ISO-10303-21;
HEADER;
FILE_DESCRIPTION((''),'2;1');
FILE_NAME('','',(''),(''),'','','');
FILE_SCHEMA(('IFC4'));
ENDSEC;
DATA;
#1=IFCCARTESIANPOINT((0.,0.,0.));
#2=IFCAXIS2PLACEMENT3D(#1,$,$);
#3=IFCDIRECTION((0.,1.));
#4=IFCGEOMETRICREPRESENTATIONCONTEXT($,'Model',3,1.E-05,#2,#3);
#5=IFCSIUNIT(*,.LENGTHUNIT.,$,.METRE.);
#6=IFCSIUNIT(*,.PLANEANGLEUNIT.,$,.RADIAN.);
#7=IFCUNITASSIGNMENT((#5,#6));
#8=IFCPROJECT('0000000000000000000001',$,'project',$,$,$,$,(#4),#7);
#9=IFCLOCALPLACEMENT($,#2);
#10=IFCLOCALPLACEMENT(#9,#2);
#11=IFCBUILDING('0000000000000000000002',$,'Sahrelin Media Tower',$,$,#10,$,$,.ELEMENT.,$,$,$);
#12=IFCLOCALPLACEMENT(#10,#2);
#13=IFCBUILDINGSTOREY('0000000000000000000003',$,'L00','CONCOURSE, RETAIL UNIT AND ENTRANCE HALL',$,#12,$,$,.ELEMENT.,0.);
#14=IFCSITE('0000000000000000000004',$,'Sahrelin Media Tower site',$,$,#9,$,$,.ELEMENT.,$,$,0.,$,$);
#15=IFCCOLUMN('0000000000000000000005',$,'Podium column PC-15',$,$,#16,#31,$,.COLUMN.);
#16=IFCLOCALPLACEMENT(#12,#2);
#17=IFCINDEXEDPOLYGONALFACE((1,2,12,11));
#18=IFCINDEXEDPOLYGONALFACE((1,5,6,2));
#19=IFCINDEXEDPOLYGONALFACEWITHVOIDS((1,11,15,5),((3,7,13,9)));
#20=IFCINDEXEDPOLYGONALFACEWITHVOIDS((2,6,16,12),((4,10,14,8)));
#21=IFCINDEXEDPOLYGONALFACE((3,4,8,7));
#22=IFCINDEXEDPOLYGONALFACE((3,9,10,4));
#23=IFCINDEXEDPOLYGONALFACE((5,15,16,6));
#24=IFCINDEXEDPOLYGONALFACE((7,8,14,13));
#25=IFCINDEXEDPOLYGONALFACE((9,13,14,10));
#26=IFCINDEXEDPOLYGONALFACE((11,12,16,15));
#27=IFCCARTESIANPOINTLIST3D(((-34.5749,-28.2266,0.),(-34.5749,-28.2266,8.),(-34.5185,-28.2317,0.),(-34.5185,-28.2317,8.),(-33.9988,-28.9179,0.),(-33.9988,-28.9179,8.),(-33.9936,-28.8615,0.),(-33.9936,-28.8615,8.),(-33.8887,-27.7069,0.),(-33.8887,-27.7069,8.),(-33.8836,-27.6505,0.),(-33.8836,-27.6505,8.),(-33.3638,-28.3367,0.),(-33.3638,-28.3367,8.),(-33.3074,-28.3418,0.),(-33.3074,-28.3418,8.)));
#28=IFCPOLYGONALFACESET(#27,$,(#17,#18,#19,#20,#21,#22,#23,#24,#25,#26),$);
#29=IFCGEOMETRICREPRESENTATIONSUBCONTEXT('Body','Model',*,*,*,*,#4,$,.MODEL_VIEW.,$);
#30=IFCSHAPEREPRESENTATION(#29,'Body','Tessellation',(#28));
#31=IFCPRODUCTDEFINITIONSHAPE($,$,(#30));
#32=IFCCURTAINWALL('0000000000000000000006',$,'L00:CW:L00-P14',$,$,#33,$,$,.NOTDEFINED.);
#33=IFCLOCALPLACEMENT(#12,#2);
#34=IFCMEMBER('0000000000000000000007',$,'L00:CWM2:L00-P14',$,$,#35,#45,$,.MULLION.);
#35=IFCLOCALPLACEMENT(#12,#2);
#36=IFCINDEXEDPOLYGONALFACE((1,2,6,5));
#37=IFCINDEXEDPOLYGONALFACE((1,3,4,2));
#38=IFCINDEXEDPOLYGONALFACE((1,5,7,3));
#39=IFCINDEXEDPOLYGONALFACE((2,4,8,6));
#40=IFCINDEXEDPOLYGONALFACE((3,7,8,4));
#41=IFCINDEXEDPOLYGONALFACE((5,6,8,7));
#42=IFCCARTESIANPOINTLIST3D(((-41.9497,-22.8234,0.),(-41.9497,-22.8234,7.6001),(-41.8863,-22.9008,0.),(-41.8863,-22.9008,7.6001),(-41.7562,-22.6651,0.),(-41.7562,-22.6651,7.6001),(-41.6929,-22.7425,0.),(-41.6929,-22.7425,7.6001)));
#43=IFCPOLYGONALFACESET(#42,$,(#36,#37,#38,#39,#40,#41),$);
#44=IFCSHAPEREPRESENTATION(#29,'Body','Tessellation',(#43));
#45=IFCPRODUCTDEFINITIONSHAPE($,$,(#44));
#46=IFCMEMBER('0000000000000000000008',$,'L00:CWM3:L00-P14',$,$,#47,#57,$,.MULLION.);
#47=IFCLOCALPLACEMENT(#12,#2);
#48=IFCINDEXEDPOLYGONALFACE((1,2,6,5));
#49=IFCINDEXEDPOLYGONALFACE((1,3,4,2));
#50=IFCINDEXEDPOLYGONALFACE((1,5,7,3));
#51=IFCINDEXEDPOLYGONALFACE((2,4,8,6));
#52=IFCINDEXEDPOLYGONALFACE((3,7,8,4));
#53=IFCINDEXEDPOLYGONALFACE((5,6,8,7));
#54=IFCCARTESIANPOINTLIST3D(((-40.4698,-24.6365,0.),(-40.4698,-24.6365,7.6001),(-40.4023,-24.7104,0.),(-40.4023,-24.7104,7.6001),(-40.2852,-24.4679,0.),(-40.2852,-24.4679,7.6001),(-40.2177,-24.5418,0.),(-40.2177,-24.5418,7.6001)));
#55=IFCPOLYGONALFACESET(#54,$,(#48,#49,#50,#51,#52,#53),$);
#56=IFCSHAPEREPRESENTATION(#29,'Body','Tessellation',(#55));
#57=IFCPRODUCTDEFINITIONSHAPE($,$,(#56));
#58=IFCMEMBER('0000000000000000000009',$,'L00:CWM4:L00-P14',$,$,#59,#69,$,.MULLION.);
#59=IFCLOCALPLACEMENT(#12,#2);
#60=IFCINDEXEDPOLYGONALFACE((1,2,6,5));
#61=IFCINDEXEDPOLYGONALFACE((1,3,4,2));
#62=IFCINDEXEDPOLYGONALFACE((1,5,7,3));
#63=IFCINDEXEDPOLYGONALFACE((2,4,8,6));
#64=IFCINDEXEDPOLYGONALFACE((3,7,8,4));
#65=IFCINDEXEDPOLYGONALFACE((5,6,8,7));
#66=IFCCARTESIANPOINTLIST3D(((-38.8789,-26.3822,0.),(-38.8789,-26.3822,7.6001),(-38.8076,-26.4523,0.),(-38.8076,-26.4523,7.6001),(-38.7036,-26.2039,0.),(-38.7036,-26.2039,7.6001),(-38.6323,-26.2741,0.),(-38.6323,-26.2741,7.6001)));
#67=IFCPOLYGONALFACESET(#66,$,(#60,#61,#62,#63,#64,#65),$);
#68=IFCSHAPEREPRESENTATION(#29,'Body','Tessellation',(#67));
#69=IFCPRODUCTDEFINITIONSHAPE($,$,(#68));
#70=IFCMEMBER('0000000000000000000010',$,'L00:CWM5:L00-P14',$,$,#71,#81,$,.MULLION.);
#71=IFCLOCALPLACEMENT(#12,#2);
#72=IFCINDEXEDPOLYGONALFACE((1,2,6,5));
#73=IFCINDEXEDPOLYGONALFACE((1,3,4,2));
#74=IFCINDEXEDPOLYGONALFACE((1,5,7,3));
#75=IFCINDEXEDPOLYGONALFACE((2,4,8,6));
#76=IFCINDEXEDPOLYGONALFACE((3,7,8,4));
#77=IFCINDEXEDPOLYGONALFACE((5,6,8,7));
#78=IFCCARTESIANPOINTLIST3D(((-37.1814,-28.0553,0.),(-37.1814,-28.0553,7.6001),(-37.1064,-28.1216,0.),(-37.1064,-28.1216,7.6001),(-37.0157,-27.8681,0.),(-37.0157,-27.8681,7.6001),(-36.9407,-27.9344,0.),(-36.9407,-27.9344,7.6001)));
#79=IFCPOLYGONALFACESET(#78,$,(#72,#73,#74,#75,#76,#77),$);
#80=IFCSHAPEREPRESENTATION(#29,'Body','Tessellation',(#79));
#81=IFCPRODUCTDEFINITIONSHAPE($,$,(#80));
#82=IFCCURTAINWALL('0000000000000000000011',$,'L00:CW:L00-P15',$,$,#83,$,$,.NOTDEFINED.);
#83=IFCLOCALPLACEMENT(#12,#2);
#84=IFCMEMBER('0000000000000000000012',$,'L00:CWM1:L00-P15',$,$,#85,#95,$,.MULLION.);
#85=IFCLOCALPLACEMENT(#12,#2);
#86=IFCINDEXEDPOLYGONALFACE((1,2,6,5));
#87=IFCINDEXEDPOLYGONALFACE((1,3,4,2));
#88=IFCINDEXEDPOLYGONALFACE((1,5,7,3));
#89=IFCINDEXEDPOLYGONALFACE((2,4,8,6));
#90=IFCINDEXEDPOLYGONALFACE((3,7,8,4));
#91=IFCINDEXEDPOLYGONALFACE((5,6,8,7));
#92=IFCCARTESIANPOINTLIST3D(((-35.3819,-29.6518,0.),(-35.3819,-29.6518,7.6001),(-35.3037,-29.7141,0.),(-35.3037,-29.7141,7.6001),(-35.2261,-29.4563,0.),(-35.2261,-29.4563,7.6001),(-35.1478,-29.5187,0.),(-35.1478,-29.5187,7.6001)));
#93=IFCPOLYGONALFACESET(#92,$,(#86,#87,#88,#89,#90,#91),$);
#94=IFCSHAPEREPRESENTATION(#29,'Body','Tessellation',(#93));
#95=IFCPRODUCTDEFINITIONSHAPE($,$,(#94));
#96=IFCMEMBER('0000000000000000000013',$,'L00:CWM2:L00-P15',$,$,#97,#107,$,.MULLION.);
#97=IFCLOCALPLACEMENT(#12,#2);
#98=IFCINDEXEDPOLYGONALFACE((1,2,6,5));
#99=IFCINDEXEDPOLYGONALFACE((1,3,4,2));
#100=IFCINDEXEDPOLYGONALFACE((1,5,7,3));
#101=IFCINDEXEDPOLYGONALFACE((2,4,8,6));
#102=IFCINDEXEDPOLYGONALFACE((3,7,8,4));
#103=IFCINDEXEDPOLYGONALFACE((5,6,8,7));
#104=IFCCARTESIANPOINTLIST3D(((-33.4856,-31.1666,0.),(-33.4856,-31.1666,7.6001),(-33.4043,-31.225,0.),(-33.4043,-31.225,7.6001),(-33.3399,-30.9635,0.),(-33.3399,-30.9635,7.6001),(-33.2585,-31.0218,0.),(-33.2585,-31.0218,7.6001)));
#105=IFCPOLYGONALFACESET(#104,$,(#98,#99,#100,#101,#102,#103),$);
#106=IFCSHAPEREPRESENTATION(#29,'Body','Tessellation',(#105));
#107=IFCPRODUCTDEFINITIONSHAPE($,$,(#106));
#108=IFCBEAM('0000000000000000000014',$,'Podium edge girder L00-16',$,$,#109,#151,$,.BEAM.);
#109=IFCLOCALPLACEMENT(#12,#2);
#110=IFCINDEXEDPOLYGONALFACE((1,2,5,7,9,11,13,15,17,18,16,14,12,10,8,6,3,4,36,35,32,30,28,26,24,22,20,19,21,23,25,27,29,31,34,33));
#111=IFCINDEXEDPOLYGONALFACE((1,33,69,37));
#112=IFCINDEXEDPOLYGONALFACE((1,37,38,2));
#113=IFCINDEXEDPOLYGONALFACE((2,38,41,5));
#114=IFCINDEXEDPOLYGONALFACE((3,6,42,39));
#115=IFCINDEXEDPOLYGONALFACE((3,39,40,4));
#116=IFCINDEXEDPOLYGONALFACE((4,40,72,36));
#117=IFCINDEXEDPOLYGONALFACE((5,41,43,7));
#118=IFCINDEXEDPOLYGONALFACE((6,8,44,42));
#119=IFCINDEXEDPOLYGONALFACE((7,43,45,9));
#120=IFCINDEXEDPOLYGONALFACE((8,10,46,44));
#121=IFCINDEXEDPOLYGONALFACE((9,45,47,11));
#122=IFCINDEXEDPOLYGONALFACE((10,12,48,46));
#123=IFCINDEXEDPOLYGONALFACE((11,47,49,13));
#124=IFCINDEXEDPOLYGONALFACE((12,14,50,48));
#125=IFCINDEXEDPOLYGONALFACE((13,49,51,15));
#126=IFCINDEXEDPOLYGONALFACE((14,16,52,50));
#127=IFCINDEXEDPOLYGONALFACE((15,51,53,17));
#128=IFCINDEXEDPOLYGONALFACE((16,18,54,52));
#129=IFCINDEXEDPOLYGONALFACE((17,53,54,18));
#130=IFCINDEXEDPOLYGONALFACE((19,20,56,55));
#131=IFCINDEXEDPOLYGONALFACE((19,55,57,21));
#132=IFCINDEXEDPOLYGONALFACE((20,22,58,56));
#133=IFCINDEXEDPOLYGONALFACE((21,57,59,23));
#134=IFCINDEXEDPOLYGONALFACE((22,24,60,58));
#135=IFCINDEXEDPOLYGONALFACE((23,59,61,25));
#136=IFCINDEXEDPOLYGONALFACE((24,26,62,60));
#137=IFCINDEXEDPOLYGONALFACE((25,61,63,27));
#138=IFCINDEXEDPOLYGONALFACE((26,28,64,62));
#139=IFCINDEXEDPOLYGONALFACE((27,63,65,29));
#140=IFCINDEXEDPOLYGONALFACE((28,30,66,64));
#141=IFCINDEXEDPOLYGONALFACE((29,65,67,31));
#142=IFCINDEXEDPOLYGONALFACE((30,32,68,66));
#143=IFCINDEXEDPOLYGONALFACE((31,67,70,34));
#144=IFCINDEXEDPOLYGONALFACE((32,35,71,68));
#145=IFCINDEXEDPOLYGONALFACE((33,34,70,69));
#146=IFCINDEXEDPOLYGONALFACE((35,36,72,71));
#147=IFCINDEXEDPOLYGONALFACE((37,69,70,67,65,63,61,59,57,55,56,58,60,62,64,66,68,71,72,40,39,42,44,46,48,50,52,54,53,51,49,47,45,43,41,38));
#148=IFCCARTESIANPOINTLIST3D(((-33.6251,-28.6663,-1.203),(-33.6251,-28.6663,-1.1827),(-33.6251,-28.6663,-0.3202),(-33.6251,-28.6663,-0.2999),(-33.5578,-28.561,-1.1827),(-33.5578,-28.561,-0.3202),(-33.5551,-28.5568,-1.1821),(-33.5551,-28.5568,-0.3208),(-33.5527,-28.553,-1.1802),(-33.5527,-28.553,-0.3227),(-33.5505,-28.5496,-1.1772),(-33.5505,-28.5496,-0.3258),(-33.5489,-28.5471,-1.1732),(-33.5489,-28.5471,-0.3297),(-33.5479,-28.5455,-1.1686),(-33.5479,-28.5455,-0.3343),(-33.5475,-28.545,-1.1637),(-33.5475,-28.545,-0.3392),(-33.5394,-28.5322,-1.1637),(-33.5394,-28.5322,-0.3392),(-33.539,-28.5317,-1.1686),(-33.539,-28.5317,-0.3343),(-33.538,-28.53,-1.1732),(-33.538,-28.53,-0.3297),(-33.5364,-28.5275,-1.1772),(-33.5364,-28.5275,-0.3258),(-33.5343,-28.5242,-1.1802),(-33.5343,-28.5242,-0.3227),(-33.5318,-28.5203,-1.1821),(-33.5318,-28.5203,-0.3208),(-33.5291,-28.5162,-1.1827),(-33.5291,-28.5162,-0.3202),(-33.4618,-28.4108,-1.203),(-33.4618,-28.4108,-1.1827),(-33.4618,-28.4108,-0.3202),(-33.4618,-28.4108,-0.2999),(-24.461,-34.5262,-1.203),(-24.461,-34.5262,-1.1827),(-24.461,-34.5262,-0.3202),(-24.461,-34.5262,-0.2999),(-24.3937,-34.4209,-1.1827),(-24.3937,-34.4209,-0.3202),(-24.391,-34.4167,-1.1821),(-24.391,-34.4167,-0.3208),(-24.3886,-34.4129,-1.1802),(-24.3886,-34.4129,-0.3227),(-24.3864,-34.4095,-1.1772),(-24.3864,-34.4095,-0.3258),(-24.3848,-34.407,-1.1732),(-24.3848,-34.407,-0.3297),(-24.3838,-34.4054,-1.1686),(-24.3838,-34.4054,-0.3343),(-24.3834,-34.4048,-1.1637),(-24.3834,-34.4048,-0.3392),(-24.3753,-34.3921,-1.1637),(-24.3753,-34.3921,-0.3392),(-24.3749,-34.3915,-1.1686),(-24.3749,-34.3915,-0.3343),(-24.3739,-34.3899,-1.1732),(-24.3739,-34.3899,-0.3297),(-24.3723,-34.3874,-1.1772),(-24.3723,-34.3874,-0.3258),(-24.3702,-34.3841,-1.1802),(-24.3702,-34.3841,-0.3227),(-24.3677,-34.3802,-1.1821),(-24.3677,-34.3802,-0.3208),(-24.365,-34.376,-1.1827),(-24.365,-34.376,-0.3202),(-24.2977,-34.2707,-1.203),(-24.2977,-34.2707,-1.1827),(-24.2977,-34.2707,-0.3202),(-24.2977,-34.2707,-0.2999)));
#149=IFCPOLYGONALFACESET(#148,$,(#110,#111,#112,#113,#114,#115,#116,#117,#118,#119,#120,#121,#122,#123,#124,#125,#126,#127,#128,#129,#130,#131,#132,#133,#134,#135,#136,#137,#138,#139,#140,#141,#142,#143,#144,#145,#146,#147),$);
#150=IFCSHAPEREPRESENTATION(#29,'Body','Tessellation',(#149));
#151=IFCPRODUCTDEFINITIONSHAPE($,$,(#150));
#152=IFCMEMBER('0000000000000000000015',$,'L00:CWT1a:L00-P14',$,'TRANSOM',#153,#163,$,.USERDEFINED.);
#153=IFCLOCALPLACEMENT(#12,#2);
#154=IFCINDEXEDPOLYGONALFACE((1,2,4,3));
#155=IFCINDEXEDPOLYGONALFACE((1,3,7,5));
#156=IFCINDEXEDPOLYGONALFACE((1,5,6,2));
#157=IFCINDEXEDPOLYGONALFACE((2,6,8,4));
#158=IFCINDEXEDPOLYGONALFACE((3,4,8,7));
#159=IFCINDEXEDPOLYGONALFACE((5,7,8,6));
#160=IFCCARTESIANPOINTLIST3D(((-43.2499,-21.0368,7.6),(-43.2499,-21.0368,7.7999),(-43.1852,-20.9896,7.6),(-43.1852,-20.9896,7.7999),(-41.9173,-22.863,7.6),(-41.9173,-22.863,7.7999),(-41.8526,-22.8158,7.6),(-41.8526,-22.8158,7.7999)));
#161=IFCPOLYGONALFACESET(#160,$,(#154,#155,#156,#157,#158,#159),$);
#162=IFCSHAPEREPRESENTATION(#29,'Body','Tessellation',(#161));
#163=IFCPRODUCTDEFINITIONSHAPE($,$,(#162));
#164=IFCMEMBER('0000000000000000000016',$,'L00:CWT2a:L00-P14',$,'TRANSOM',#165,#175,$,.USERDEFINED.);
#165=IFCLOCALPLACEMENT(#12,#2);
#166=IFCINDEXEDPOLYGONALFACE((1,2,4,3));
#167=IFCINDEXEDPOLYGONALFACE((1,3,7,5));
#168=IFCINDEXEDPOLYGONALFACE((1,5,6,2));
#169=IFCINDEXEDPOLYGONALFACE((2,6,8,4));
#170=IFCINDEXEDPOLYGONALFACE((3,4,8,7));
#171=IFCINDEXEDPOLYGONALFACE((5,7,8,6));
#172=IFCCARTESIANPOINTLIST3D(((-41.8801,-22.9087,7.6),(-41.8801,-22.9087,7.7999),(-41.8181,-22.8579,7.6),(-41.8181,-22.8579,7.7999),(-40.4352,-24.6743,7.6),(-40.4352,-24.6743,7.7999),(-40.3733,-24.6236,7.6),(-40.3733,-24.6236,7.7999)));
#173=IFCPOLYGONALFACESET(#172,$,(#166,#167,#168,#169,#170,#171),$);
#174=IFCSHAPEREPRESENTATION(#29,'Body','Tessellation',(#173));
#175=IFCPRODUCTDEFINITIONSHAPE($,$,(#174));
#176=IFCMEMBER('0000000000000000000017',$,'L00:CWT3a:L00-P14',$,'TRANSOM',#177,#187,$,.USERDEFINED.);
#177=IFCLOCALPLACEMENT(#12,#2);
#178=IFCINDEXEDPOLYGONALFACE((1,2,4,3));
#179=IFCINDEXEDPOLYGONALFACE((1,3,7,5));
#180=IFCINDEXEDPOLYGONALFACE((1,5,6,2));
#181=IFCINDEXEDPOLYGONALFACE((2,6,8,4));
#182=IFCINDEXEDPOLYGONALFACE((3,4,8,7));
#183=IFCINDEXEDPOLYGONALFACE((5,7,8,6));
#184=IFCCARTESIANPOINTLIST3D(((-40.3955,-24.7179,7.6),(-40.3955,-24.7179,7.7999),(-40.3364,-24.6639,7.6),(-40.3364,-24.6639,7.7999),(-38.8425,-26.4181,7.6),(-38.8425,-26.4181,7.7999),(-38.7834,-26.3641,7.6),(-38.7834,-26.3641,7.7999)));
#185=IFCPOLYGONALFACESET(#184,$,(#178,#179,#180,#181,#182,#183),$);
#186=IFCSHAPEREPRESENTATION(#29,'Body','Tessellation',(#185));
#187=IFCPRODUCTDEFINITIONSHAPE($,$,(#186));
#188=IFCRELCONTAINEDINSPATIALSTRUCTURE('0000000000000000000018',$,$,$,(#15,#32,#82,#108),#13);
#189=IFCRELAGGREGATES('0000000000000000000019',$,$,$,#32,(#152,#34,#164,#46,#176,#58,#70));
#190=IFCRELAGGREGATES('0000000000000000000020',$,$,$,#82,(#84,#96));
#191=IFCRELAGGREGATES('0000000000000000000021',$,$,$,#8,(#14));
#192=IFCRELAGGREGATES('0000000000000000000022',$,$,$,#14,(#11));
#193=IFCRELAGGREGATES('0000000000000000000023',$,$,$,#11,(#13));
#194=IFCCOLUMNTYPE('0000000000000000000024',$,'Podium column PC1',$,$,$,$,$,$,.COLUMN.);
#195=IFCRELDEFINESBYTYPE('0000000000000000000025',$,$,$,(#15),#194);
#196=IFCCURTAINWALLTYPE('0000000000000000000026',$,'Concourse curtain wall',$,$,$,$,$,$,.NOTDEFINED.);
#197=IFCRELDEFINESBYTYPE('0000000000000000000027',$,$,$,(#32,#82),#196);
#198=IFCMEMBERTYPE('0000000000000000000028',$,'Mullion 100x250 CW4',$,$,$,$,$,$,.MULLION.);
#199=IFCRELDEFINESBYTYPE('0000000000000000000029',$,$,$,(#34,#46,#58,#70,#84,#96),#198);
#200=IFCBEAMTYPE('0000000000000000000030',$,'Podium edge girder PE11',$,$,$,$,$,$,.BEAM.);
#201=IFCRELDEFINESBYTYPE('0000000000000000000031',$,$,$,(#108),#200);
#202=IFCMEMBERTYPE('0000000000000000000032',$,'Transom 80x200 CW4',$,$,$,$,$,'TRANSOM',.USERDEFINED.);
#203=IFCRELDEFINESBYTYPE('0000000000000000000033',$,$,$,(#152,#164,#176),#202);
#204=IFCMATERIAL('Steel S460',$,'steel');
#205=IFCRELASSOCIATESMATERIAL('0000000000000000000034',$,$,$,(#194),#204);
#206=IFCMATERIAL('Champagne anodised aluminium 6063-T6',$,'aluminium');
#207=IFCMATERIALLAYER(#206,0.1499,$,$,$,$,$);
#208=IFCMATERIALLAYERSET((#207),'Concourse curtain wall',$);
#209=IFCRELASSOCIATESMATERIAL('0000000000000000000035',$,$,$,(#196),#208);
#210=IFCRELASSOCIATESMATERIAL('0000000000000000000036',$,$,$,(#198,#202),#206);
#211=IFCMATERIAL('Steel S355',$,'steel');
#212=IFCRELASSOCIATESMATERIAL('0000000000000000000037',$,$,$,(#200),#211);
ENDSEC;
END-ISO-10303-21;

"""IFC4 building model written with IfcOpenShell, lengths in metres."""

from ifc_helpers import new_model, si_unit, direction, frame, origin, origin_2d, place, context, subcontext, project, spatial, rectangle, hollow_rectangle, i_section, extrude, material, layer, layer_set, material_profile, profile_set, type_object, element, aggregate, save


model = new_model("IFC4")

# Units and contexts
model_context = context("Model", 3, precision=1e-05, world=origin(), true_north=direction((0.0, 1.0)))
body_context = subcontext(model_context, "Body", "Model", "MODEL_VIEW")
ifc_project = project(units=[si_unit("LENGTHUNIT", "METRE"), si_unit("PLANEANGLEUNIT", "RADIAN")], contexts=[model_context])

# Site, building, storey
site_placement = place(None, origin())
site = spatial("IfcSite", under=ifc_project, at=site_placement, Name="Sahrelin Media Tower site", CompositionType="ELEMENT", RefElevation=0.0)
building_placement = place(site_placement, origin())
building = spatial("IfcBuilding", under=site, at=building_placement, Name="Sahrelin Media Tower", CompositionType="ELEMENT")
storey_placement = place(building_placement, origin())
storey = spatial("IfcBuildingStorey", under=building, at=storey_placement, Name="L00", Description="CONCOURSE, RETAIL UNIT AND ENTRANCE HALL", CompositionType="ELEMENT", Elevation=0.0)

# Column
ifc_material_1 = material(Name="Steel S460", Category="steel")
ifc_material_profile_1 = material_profile(ifc_material_1, hollow_rectangle(XDim=0.8999, YDim=0.8999, WallThickness=0.04, at=origin_2d()), Name="Podium column PC1")
ifc_profile_set_1 = profile_set([ifc_material_profile_1], Name="Steel S460")
column_type = type_object("IfcColumnType", Name="Podium column PC1", PredefinedType="COLUMN", material=ifc_profile_set_1)
column_placement = place(storey_placement, frame((-33.9412, -28.2842, 0.0), z_axis=(0.0, 0.0, 1.0), x_axis=(-0.768221, -0.640185, 0.0)))
element("IfcColumn", 1, at=column_placement, inside=storey, type_object=column_type, Name="Podium column PC-15", PredefinedType="COLUMN", context=body_context, shape_type="SweptSolid", body=[
    extrude(hollow_rectangle(XDim=0.8999, YDim=0.8999, WallThickness=0.04, at=origin_2d()), origin(), (0.0, 0.0, 1.0), 8.0),
])

# Curtain walls, members
ifc_material_2 = material(Name="Champagne anodised aluminium 6063-T6", Category="aluminium")
ifc_layer_1 = layer(ifc_material_2, 0.1499)
ifc_layer_set_1 = layer_set([ifc_layer_1], Name="Concourse curtain wall")
curtain_wall_type = type_object("IfcCurtainWallType", Name="Concourse curtain wall", PredefinedType="NOTDEFINED", material=ifc_layer_set_1)
curtain_wall_1_placement = place(storey_placement, frame((-43.3013, -21.0, 0.0), z_axis=(0.0, 0.0, 1.0), x_axis=(1.0, 0.0, 0.0)))
curtain_wall_1 = element("IfcCurtainWall", 2, at=curtain_wall_1_placement, inside=storey, type_object=curtain_wall_type, Name="L00:CW:L00-P14", PredefinedType="NOTDEFINED")
ifc_material_profile_2 = material_profile(ifc_material_2, rectangle(XDim=0.1001, YDim=0.25, at=origin_2d()), Name="Mullion 100x250")
ifc_profile_set_2 = profile_set([ifc_material_profile_2], Name="Champagne anodised aluminium 6063-T6")
member_type_1 = type_object("IfcMemberType", Name="Mullion 100x250 CW4", PredefinedType="MULLION", material=ifc_profile_set_2)
member_1_placement = place(storey_placement, frame((-41.8213, -22.783, 0.0), z_axis=(0.0, 0.0, 1.0), x_axis=(0.633235, -0.77396, 0.0)))
member_1 = element("IfcMember", 3, at=member_1_placement, type_object=member_type_1, Name="L00:CWM2:L00-P14", PredefinedType="MULLION", context=body_context, shape_type="SweptSolid", body=[
    extrude(rectangle(XDim=0.1001, YDim=0.25, at=origin_2d()), origin(), (0.0, 0.0, 1.0), 7.6001),
])
member_2_placement = place(storey_placement, frame((-40.3438, -24.5891, 0.0), z_axis=(0.0, 0.0, 1.0), x_axis=(0.67443, -0.738339, 0.0)))
member_2 = element("IfcMember", 4, at=member_2_placement, type_object=member_type_1, Name="L00:CWM3:L00-P14", PredefinedType="MULLION", context=body_context, shape_type="SweptSolid", body=[
    extrude(rectangle(XDim=0.1001, YDim=0.25, at=origin_2d()), origin(), (0.0, 0.0, 1.0), 7.6001),
])
member_3_placement = place(storey_placement, frame((-38.7556, -26.3281, 0.0), z_axis=(0.0, 0.0, 1.0), x_axis=(0.712974, -0.701191, 0.0)))
member_3 = element("IfcMember", 5, at=member_3_placement, type_object=member_type_1, Name="L00:CWM4:L00-P14", PredefinedType="MULLION", context=body_context, shape_type="SweptSolid", body=[
    extrude(rectangle(XDim=0.1001, YDim=0.25, at=origin_2d()), origin(), (0.0, 0.0, 1.0), 7.6001),
])
member_4_placement = place(storey_placement, frame((-37.061, -27.9949, 0.0), z_axis=(0.0, 0.0, 1.0), x_axis=(0.748788, -0.66281, 0.0)))
member_4 = element("IfcMember", 6, at=member_4_placement, type_object=member_type_1, Name="L00:CWM5:L00-P14", PredefinedType="MULLION", context=body_context, shape_type="SweptSolid", body=[
    extrude(rectangle(XDim=0.1001, YDim=0.25, at=origin_2d()), origin(), (0.0, 0.0, 1.0), 7.6001),
])
curtain_wall_2_placement = place(storey_placement, frame((-35.3552, -29.6985, 0.0), z_axis=(0.0, 0.0, 1.0), x_axis=(1.0, 0.0, 0.0)))
curtain_wall_2 = element("IfcCurtainWall", 7, at=curtain_wall_2_placement, inside=storey, type_object=curtain_wall_type, Name="L00:CW:L00-P15", PredefinedType="NOTDEFINED")
member_5_placement = place(storey_placement, frame((-35.2649, -29.5852, 0.0), z_axis=(0.0, 0.0, 1.0), x_axis=(0.78196, -0.623328, 0.0)))
member_5 = element("IfcMember", 8, at=member_5_placement, type_object=member_type_1, Name="L00:CWM1:L00-P15", PredefinedType="MULLION", context=body_context, shape_type="SweptSolid", body=[
    extrude(rectangle(XDim=0.1001, YDim=0.25, at=origin_2d()), origin(), (0.0, 0.0, 1.0), 7.6001),
])
member_6_placement = place(storey_placement, frame((-33.3721, -31.0942, 0.0), z_axis=(0.0, 0.0, 1.0), x_axis=(0.812532, -0.582916, 0.0)))
member_6 = element("IfcMember", 9, at=member_6_placement, type_object=member_type_1, Name="L00:CWM2:L00-P15", PredefinedType="MULLION", context=body_context, shape_type="SweptSolid", body=[
    extrude(rectangle(XDim=0.1001, YDim=0.25, at=origin_2d()), origin(), (0.0, 0.0, 1.0), 7.6001),
])

# Beam
ifc_material_3 = material(Name="Steel S355", Category="steel")
ifc_material_profile_3 = material_profile(ifc_material_3, i_section(OverallWidth=0.3032, OverallDepth=0.9031, WebThickness=0.0151, FlangeThickness=0.0203, FilletRadius=0.019, at=origin_2d()), Name="UB 914x305x201")
ifc_profile_set_3 = profile_set([ifc_material_profile_3], Name="Steel S355")
beam_type = type_object("IfcBeamType", Name="Podium edge girder PE11", PredefinedType="BEAM", material=ifc_profile_set_3)
beam_placement = place(storey_placement, frame((-33.5435, -28.5386, -0.7515), z_axis=(0.842486, -0.538719, 0.0), x_axis=(0.538719, 0.842486, 0.0)))
element("IfcBeam", 10, at=beam_placement, inside=storey, type_object=beam_type, Name="Podium edge girder L00-16", PredefinedType="BEAM", context=body_context, shape_type="SweptSolid", body=[
    extrude(i_section(OverallWidth=0.3032, OverallDepth=0.9031, WebThickness=0.0151, FlangeThickness=0.0203, FilletRadius=0.019, at=origin_2d()), origin(), (0.0, 0.0, 1.0), 10.8774),
])

# Members
ifc_material_profile_4 = material_profile(ifc_material_2, rectangle(XDim=0.0801, YDim=0.2, at=origin_2d()), Name="Transom 80x200")
ifc_profile_set_4 = profile_set([ifc_material_profile_4], Name="Champagne anodised aluminium 6063-T6")
member_type_2 = type_object("IfcMemberType", Name="Transom 80x200 CW4", ElementType="TRANSOM", PredefinedType="USERDEFINED", material=ifc_profile_set_4)
member_7_placement = place(storey_placement, frame((-43.2175, -21.0132, 7.7), z_axis=(0.589442, -0.80781, 0.0), x_axis=(0.80781, 0.589442, 0.0)))
member_7 = element("IfcMember", 11, at=member_7_placement, type_object=member_type_2, Name="L00:CWT1a:L00-P14", ObjectType="TRANSOM", PredefinedType="USERDEFINED", context=body_context, shape_type="SweptSolid", body=[
    extrude(rectangle(XDim=0.0801, YDim=0.2, at=origin_2d()), origin(), (0.0, 0.0, 1.0), 2.2607),
])
member_8_placement = place(storey_placement, frame((-41.8491, -22.8833, 7.7), z_axis=(0.633296, -0.77391, 0.0), x_axis=(0.77391, 0.633296, 0.0)))
member_8 = element("IfcMember", 12, at=member_8_placement, type_object=member_type_2, Name="L00:CWT2a:L00-P14", ObjectType="TRANSOM", PredefinedType="USERDEFINED", context=body_context, shape_type="SweptSolid", body=[
    extrude(rectangle(XDim=0.0801, YDim=0.2, at=origin_2d()), origin(), (0.0, 0.0, 1.0), 2.2815),
])
member_9_placement = place(storey_placement, frame((-40.366, -24.6909, 7.7), z_axis=(0.674418, -0.73835, 0.0), x_axis=(0.73835, 0.674418, 0.0)))
member_9 = element("IfcMember", 13, at=member_9_placement, type_object=member_type_2, Name="L00:CWT3a:L00-P14", ObjectType="TRANSOM", PredefinedType="USERDEFINED", context=body_context, shape_type="SweptSolid", body=[
    extrude(rectangle(XDim=0.0801, YDim=0.2, at=origin_2d()), origin(), (0.0, 0.0, 1.0), 2.3027),
])

aggregate(curtain_wall_1, [member_7, member_1, member_8, member_2, member_9, member_3, member_4])
aggregate(curtain_wall_2, [member_5, member_6])

save(model, "model.ifc")
